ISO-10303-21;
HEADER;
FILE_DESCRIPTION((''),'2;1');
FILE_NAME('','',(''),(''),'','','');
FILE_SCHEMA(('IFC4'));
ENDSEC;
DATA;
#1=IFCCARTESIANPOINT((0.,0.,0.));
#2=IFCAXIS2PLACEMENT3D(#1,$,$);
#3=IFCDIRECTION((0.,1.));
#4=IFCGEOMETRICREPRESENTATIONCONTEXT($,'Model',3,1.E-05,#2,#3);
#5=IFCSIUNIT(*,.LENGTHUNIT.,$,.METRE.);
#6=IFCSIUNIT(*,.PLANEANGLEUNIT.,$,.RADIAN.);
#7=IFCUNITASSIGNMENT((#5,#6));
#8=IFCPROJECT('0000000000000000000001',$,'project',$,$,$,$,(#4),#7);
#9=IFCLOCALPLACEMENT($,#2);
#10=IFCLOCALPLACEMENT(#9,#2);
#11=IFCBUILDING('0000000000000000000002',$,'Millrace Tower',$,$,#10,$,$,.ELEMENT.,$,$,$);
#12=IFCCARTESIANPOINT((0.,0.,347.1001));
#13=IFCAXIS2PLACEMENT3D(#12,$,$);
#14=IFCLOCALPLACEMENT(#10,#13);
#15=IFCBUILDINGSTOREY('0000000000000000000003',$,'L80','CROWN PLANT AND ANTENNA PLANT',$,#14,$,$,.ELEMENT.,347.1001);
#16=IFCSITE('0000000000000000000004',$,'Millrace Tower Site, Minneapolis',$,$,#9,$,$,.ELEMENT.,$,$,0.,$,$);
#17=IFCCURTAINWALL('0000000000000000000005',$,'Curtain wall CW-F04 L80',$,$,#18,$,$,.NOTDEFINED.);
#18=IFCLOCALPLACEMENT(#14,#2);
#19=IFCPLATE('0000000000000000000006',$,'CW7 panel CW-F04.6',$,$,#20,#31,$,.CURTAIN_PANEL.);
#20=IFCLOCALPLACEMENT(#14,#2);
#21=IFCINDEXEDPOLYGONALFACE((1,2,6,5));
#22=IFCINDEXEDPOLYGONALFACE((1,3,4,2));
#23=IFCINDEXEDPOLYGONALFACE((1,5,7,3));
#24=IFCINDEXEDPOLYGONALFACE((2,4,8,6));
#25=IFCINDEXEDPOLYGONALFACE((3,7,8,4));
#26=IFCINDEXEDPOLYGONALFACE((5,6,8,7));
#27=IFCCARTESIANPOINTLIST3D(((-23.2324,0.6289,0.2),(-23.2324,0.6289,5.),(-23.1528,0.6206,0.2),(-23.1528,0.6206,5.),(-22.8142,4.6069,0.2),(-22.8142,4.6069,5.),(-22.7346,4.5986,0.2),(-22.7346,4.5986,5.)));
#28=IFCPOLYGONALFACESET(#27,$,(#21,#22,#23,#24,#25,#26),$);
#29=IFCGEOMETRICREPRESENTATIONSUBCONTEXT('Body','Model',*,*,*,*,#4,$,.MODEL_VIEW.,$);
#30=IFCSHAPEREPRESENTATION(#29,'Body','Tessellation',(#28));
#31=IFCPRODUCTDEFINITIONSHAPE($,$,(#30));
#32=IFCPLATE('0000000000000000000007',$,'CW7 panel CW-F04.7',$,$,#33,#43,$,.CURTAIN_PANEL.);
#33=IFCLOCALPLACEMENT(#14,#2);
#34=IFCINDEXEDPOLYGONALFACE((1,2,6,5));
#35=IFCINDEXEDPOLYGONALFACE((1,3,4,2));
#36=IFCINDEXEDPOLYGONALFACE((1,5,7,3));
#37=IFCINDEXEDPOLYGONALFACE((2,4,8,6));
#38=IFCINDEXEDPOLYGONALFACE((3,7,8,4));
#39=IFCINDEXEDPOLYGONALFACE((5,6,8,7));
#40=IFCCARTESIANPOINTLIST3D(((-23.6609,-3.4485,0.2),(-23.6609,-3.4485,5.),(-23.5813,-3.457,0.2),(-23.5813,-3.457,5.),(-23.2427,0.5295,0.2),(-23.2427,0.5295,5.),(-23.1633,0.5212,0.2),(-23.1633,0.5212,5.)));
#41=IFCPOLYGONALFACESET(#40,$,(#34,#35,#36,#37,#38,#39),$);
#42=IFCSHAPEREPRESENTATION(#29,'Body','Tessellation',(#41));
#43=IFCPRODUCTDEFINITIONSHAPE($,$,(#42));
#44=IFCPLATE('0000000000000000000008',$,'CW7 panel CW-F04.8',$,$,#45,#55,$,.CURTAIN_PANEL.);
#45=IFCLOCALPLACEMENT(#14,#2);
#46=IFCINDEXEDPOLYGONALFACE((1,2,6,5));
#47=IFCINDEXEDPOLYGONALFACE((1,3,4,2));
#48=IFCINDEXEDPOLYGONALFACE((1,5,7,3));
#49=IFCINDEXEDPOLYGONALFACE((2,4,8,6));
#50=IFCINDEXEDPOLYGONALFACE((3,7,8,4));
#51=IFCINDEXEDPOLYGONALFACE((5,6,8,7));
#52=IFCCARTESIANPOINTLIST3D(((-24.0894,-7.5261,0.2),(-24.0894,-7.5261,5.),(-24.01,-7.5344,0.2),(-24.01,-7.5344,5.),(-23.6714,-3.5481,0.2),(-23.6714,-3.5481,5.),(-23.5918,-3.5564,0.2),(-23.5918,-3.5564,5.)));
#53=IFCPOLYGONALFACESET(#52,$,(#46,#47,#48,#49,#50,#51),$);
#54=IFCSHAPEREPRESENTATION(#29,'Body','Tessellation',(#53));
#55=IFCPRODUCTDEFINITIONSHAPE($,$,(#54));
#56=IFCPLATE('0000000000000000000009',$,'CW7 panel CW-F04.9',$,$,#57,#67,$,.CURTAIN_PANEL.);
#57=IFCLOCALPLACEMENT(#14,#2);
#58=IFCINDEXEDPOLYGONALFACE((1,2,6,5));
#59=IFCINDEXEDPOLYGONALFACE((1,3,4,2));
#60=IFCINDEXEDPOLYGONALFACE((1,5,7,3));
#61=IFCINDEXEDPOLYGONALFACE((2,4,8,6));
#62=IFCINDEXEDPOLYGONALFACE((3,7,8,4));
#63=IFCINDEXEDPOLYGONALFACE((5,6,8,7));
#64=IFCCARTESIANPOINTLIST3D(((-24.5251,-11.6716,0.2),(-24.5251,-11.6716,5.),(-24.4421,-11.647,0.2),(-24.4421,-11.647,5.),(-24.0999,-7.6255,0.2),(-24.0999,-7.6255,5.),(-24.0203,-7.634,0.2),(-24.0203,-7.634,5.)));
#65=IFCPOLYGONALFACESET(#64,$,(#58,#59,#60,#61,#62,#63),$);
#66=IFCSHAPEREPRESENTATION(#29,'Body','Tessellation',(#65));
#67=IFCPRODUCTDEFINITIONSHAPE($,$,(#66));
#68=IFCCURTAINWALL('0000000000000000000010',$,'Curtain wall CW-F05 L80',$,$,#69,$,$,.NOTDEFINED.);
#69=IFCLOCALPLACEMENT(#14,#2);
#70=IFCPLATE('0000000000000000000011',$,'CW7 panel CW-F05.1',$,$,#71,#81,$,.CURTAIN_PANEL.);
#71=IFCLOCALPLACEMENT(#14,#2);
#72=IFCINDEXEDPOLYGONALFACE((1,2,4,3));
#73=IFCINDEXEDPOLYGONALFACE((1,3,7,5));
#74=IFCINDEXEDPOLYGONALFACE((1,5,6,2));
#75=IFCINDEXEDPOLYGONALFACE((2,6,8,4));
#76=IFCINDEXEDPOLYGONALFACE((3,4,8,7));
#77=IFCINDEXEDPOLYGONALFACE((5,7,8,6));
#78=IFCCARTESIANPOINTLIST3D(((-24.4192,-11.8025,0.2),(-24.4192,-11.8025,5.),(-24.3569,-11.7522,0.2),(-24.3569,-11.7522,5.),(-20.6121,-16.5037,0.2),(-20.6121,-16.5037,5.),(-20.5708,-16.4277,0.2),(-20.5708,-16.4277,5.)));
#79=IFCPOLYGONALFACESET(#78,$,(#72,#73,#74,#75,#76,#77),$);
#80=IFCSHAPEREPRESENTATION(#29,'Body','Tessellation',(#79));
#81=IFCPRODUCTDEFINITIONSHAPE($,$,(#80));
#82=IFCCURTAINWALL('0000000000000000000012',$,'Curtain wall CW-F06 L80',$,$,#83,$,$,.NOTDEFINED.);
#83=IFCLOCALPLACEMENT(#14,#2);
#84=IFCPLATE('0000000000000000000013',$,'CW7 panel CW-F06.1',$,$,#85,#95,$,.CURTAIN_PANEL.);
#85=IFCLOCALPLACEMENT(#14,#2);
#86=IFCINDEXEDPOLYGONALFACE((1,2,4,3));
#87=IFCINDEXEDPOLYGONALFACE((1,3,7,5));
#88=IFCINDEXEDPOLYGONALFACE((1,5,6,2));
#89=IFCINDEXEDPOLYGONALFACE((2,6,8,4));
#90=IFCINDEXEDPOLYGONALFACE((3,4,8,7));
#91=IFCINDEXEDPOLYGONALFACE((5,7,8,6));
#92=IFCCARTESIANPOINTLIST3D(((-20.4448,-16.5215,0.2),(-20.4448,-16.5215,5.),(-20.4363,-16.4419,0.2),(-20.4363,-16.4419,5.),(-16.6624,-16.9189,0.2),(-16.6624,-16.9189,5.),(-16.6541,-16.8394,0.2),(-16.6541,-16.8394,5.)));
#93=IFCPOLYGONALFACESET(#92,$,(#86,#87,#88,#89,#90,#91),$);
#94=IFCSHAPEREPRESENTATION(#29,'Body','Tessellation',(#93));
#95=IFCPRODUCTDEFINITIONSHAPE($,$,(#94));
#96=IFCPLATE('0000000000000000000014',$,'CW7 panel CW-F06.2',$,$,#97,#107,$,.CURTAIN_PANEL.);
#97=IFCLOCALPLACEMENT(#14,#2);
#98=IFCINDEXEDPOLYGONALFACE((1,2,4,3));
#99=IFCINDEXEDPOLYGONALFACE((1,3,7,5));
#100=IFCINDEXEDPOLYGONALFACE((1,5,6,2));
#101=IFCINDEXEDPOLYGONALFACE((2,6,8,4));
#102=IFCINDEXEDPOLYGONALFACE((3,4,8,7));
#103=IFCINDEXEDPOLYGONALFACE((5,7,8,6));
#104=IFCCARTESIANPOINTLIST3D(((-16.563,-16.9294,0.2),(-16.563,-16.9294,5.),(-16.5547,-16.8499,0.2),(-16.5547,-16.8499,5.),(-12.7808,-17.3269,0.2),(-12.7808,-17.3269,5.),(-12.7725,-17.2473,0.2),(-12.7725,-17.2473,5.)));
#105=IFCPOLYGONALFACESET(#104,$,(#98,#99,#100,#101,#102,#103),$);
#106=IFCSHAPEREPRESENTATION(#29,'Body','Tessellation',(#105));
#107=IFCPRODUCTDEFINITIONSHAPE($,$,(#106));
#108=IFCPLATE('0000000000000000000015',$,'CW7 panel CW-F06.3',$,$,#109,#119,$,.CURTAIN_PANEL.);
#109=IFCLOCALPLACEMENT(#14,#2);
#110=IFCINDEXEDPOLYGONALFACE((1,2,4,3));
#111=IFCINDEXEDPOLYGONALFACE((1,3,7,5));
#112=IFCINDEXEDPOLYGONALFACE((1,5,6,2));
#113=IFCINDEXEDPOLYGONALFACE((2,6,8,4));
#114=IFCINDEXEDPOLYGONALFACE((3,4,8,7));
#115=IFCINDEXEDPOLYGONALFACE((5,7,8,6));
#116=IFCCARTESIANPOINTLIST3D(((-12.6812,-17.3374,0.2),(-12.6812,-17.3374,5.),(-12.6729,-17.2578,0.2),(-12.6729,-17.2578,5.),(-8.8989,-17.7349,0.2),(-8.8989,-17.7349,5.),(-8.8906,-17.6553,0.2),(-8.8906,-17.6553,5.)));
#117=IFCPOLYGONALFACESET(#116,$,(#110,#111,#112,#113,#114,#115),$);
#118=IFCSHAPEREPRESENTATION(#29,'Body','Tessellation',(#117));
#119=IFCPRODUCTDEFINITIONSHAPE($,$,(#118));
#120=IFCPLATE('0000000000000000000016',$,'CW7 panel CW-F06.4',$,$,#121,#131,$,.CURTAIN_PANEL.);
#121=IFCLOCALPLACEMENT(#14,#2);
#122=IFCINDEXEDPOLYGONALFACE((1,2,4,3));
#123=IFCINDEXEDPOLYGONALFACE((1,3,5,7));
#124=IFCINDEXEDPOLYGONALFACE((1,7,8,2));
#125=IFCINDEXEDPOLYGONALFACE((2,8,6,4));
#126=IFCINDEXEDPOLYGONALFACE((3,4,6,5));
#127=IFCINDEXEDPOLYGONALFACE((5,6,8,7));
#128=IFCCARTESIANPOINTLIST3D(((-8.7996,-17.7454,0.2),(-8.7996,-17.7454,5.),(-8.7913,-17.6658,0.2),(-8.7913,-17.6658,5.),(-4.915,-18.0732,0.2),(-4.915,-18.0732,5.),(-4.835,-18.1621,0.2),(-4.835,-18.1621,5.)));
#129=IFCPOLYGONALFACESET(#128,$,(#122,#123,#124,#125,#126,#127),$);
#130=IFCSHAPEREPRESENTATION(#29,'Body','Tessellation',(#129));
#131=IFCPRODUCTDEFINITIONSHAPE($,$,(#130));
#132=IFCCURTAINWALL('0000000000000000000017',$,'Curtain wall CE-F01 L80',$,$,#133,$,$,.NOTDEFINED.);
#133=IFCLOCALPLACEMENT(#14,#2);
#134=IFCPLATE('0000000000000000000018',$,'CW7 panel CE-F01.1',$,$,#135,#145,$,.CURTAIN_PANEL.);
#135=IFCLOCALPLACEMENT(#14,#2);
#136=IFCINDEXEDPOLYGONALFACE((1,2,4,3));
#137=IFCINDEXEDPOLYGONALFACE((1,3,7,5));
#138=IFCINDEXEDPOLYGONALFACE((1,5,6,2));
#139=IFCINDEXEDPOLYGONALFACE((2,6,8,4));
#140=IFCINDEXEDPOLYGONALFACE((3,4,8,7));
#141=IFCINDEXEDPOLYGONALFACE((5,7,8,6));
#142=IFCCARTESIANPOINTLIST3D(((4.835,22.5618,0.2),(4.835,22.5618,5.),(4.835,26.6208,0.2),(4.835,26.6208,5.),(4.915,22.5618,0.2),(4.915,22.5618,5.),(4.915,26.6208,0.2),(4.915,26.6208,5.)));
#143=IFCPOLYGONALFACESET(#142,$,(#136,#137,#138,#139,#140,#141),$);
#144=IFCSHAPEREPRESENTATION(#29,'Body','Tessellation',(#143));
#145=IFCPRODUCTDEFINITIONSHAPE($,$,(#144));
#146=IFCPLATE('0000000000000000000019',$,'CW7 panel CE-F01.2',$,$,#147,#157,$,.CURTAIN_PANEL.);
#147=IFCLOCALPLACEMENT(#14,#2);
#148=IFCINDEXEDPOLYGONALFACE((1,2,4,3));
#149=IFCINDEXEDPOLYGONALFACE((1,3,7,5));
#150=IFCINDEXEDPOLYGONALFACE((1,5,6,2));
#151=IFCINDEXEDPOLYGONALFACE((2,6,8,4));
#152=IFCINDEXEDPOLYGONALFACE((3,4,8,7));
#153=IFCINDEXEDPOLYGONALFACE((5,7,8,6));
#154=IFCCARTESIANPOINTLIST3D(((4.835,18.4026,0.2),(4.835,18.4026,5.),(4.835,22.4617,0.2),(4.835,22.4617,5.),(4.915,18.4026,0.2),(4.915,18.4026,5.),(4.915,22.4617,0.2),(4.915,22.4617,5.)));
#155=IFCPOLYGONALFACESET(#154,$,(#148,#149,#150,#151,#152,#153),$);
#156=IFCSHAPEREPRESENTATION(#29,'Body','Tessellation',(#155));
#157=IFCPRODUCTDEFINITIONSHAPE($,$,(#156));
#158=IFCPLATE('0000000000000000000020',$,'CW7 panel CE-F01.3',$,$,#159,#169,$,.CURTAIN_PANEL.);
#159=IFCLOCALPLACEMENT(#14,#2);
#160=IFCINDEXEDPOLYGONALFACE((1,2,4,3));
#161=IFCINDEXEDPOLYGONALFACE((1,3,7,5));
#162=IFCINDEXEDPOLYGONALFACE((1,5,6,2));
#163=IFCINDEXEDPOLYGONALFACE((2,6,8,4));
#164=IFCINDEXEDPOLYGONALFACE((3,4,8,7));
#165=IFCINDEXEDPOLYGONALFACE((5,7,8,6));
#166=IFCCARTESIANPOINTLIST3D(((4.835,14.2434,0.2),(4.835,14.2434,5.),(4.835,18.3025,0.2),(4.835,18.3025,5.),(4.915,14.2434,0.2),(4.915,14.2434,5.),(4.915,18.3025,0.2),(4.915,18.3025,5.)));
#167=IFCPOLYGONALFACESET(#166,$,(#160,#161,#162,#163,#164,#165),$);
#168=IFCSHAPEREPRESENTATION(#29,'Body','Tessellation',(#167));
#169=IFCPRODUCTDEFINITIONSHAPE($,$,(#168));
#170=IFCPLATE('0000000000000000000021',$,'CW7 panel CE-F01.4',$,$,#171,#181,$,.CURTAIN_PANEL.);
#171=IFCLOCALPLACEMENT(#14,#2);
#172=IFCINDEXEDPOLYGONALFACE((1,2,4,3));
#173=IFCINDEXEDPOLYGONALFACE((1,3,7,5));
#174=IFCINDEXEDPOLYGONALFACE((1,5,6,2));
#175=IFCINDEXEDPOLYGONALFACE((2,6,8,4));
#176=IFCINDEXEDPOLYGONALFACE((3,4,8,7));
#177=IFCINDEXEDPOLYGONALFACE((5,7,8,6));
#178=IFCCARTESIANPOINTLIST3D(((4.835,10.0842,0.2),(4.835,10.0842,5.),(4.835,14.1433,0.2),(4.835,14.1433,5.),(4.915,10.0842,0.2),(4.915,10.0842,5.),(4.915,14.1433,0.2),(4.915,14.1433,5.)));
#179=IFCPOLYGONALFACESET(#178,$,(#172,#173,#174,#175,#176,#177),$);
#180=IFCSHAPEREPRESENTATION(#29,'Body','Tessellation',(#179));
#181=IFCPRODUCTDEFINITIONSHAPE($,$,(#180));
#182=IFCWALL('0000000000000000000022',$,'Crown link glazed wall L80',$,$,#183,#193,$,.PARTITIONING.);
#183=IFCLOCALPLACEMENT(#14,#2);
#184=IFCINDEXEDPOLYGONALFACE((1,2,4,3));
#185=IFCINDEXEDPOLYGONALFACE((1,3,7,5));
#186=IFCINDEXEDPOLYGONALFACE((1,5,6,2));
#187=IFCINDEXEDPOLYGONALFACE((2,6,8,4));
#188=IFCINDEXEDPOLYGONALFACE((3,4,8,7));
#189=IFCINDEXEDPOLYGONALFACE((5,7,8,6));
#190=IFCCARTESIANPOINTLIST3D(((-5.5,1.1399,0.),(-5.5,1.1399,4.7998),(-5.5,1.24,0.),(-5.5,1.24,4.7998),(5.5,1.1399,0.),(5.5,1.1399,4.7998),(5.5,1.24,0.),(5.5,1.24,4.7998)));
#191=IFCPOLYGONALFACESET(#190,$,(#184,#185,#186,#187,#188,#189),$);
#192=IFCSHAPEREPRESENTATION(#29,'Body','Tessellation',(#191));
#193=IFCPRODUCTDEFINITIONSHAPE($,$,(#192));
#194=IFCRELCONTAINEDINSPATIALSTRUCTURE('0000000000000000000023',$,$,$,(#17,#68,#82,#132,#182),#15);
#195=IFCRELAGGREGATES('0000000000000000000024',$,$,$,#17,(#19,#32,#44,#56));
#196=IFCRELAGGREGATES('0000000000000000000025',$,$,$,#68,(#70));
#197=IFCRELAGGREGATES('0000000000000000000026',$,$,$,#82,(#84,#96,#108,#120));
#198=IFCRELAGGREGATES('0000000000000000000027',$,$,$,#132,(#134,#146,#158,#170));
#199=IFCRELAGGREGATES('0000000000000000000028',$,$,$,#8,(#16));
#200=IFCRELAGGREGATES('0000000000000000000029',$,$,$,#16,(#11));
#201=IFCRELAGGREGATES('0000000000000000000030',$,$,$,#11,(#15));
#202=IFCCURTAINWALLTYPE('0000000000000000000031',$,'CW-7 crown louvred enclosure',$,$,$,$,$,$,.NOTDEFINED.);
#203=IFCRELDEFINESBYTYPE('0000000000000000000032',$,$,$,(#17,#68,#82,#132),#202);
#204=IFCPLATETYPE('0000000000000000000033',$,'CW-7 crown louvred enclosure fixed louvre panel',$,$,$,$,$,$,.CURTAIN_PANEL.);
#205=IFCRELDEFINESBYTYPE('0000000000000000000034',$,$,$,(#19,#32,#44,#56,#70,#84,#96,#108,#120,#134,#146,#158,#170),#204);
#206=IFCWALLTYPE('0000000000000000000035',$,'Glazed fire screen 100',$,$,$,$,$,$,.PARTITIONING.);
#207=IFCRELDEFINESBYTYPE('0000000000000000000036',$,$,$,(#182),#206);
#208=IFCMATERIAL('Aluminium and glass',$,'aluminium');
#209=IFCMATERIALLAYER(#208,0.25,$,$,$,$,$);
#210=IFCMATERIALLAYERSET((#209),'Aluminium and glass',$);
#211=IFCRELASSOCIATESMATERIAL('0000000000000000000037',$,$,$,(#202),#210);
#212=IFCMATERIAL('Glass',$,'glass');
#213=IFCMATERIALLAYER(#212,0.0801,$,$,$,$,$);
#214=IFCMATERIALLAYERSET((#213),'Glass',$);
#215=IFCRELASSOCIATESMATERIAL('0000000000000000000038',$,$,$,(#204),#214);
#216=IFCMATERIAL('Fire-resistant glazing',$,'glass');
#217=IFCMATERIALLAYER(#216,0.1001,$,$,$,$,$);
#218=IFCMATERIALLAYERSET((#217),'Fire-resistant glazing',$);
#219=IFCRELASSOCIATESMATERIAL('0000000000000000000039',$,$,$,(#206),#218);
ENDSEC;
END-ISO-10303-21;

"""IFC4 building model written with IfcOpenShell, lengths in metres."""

from ifc_helpers import new_model, si_unit, direction, frame, frame_2d, origin, place, context, subcontext, project, spatial, polyline, rectangle, outline, extrude, material, layer, layer_set, type_object, element, aggregate, save


model = new_model("IFC4")

# Units and contexts
model_context = context("Model", 3, precision=1e-05, world=origin(), true_north=direction((0.0, 1.0)))
body_context = subcontext(model_context, "Body", "Model", "MODEL_VIEW")
ifc_project = project(units=[si_unit("LENGTHUNIT", "METRE"), si_unit("PLANEANGLEUNIT", "RADIAN")], contexts=[model_context])

# Site, building, storey
site_placement = place(None, origin())
site = spatial("IfcSite", under=ifc_project, at=site_placement, Name="Millrace Tower Site, Minneapolis", CompositionType="ELEMENT", RefElevation=0.0)
building_placement = place(site_placement, origin())
building = spatial("IfcBuilding", under=site, at=building_placement, Name="Millrace Tower", CompositionType="ELEMENT")
storey_placement = place(building_placement, frame((0.0, 0.0, 347.1001)))
storey = spatial("IfcBuildingStorey", under=building, at=storey_placement, Name="L80", Description="CROWN PLANT AND ANTENNA PLANT", CompositionType="ELEMENT", Elevation=347.1001)

# Shared definitions
ifc_material_1 = material(Name="Aluminium and glass", Category="aluminium")
ifc_layer_1 = layer(ifc_material_1, 0.25)
ifc_layer_set_1 = layer_set([ifc_layer_1], Name="Aluminium and glass")
curtain_wall_type = type_object("IfcCurtainWallType", Name="CW-7 crown louvred enclosure", PredefinedType="NOTDEFINED", material=ifc_layer_set_1)
placement_1 = place(storey_placement, origin())

# Curtain wall, plates
curtain_wall_1 = element("IfcCurtainWall", 1, at=placement_1, inside=storey, type_object=curtain_wall_type, Name="Curtain wall CW-F04 L80", PredefinedType="NOTDEFINED")
ifc_material_2 = material(Name="Glass", Category="glass")
ifc_layer_2 = layer(ifc_material_2, 0.0801)
ifc_layer_set_2 = layer_set([ifc_layer_2], Name="Glass")
plate_type = type_object("IfcPlateType", Name="CW-7 crown louvred enclosure fixed louvre panel", PredefinedType="CURTAIN_PANEL", material=ifc_layer_set_2)
placement_2 = place(storey_placement, frame((0.0, 0.0, 0.2)))
plate_1 = element("IfcPlate", 2, at=placement_2, type_object=plate_type, Name="CW7 panel CW-F04.6", PredefinedType="CURTAIN_PANEL", context=body_context, shape_type="SweptSolid", body=[
    extrude(outline(polyline([(-22.8142, 4.6069), (-23.2324, 0.6289), (-23.1528, 0.6206), (-22.7346, 4.5986), (-22.8142, 4.6069)])), origin(), (0.0, 0.0, 1.0), 4.8),
])
plate_2 = element("IfcPlate", 3, at=placement_2, type_object=plate_type, Name="CW7 panel CW-F04.7", PredefinedType="CURTAIN_PANEL", context=body_context, shape_type="SweptSolid", body=[
    extrude(outline(polyline([(-23.2427, 0.5295), (-23.6609, -3.4485), (-23.5813, -3.457), (-23.1633, 0.5212), (-23.2427, 0.5295)])), origin(), (0.0, 0.0, 1.0), 4.8),
])
plate_3 = element("IfcPlate", 4, at=placement_2, type_object=plate_type, Name="CW7 panel CW-F04.8", PredefinedType="CURTAIN_PANEL", context=body_context, shape_type="SweptSolid", body=[
    extrude(outline(polyline([(-23.6714, -3.5481), (-24.0894, -7.5261), (-24.01, -7.5344), (-23.5918, -3.5564), (-23.6714, -3.5481)])), origin(), (0.0, 0.0, 1.0), 4.8),
])
plate_4 = element("IfcPlate", 5, at=placement_2, type_object=plate_type, Name="CW7 panel CW-F04.9", PredefinedType="CURTAIN_PANEL", context=body_context, shape_type="SweptSolid", body=[
    extrude(outline(polyline([(-24.0999, -7.6255), (-24.5251, -11.6716), (-24.4421, -11.647), (-24.0203, -7.634), (-24.0999, -7.6255)])), origin(), (0.0, 0.0, 1.0), 4.8),
])
aggregate(curtain_wall_1, [plate_1, plate_2, plate_3, plate_4])

# Curtain wall, plate
curtain_wall_2 = element("IfcCurtainWall", 6, at=placement_1, inside=storey, type_object=curtain_wall_type, Name="Curtain wall CW-F05 L80", PredefinedType="NOTDEFINED")
plate_5 = element("IfcPlate", 7, at=placement_2, type_object=plate_type, Name="CW7 panel CW-F05.1", PredefinedType="CURTAIN_PANEL", context=body_context, shape_type="SweptSolid", body=[
    extrude(outline(polyline([(-24.4192, -11.8025), (-20.6121, -16.5037), (-20.5708, -16.4277), (-24.3569, -11.7522), (-24.4192, -11.8025)])), origin(), (0.0, 0.0, 1.0), 4.8),
])
aggregate(curtain_wall_2, [plate_5])

# Curtain walls, plates
curtain_wall_3 = element("IfcCurtainWall", 8, at=placement_1, inside=storey, type_object=curtain_wall_type, Name="Curtain wall CW-F06 L80", PredefinedType="NOTDEFINED")
plate_6 = element("IfcPlate", 9, at=placement_2, type_object=plate_type, Name="CW7 panel CW-F06.1", PredefinedType="CURTAIN_PANEL", context=body_context, shape_type="SweptSolid", body=[
    extrude(outline(polyline([(-20.4448, -16.5215), (-16.6624, -16.9189), (-16.6541, -16.8394), (-20.4363, -16.4419), (-20.4448, -16.5215)])), origin(), (0.0, 0.0, 1.0), 4.8),
])
plate_7 = element("IfcPlate", 10, at=placement_2, type_object=plate_type, Name="CW7 panel CW-F06.2", PredefinedType="CURTAIN_PANEL", context=body_context, shape_type="SweptSolid", body=[
    extrude(outline(polyline([(-16.563, -16.9294), (-12.7808, -17.3269), (-12.7725, -17.2473), (-16.5547, -16.8499), (-16.563, -16.9294)])), origin(), (0.0, 0.0, 1.0), 4.8),
])
plate_8 = element("IfcPlate", 11, at=placement_2, type_object=plate_type, Name="CW7 panel CW-F06.3", PredefinedType="CURTAIN_PANEL", context=body_context, shape_type="SweptSolid", body=[
    extrude(outline(polyline([(-12.6812, -17.3374), (-8.8989, -17.7349), (-8.8906, -17.6553), (-12.6729, -17.2578), (-12.6812, -17.3374)])), origin(), (0.0, 0.0, 1.0), 4.8),
])
plate_9 = element("IfcPlate", 12, at=placement_2, type_object=plate_type, Name="CW7 panel CW-F06.4", PredefinedType="CURTAIN_PANEL", context=body_context, shape_type="SweptSolid", body=[
    extrude(outline(polyline([(-8.7996, -17.7454), (-4.835, -18.1621), (-4.915, -18.0732), (-8.7913, -17.6658), (-8.7996, -17.7454)])), origin(), (0.0, 0.0, 1.0), 4.8),
])
aggregate(curtain_wall_3, [plate_6, plate_7, plate_8, plate_9])
curtain_wall_4 = element("IfcCurtainWall", 13, at=placement_1, inside=storey, type_object=curtain_wall_type, Name="Curtain wall CE-F01 L80", PredefinedType="NOTDEFINED")
plate_10 = element("IfcPlate", 14, at=placement_2, type_object=plate_type, Name="CW7 panel CE-F01.1", PredefinedType="CURTAIN_PANEL", context=body_context, shape_type="SweptSolid", body=[
    extrude(outline(polyline([(4.835, 26.6208), (4.835, 22.5618), (4.915, 22.5618), (4.915, 26.6208), (4.835, 26.6208)])), origin(), (0.0, 0.0, 1.0), 4.8),
])
plate_11 = element("IfcPlate", 15, at=placement_2, type_object=plate_type, Name="CW7 panel CE-F01.2", PredefinedType="CURTAIN_PANEL", context=body_context, shape_type="SweptSolid", body=[
    extrude(outline(polyline([(4.835, 22.4617), (4.835, 18.4026), (4.915, 18.4026), (4.915, 22.4617), (4.835, 22.4617)])), origin(), (0.0, 0.0, 1.0), 4.8),
])
plate_12 = element("IfcPlate", 16, at=placement_2, type_object=plate_type, Name="CW7 panel CE-F01.3", PredefinedType="CURTAIN_PANEL", context=body_context, shape_type="SweptSolid", body=[
    extrude(outline(polyline([(4.835, 18.3025), (4.835, 14.2434), (4.915, 14.2434), (4.915, 18.3025), (4.835, 18.3025)])), origin(), (0.0, 0.0, 1.0), 4.8),
])
plate_13 = element("IfcPlate", 17, at=placement_2, type_object=plate_type, Name="CW7 panel CE-F01.4", PredefinedType="CURTAIN_PANEL", context=body_context, shape_type="SweptSolid", body=[
    extrude(outline(polyline([(4.835, 14.1433), (4.835, 10.0842), (4.915, 10.0842), (4.915, 14.1433), (4.835, 14.1433)])), origin(), (0.0, 0.0, 1.0), 4.8),
])
aggregate(curtain_wall_4, [plate_10, plate_11, plate_12, plate_13])

# Wall
ifc_material_3 = material(Name="Fire-resistant glazing", Category="glass")
ifc_layer_3 = layer(ifc_material_3, 0.1001)
ifc_layer_set_3 = layer_set([ifc_layer_3], Name="Fire-resistant glazing")
wall_type = type_object("IfcWallType", Name="Glazed fire screen 100", PredefinedType="PARTITIONING", material=ifc_layer_set_3)
wall_placement = place(storey_placement, frame((-5.5, 1.1899, 0.0), z_axis=(0.0, 0.0, 1.0), x_axis=(1.0, 0.0, 0.0)))
element("IfcWall", 18, at=wall_placement, inside=storey, type_object=wall_type, Name="Crown link glazed wall L80", PredefinedType="PARTITIONING", context=body_context, shape_type="SweptSolid", body=[
    extrude(rectangle(XDim=11.0, YDim=0.1001, at=frame_2d((5.5, 0.0))), origin(), (0.0, 0.0, 1.0), 4.7998),
])

save(model, "model.ifc")
